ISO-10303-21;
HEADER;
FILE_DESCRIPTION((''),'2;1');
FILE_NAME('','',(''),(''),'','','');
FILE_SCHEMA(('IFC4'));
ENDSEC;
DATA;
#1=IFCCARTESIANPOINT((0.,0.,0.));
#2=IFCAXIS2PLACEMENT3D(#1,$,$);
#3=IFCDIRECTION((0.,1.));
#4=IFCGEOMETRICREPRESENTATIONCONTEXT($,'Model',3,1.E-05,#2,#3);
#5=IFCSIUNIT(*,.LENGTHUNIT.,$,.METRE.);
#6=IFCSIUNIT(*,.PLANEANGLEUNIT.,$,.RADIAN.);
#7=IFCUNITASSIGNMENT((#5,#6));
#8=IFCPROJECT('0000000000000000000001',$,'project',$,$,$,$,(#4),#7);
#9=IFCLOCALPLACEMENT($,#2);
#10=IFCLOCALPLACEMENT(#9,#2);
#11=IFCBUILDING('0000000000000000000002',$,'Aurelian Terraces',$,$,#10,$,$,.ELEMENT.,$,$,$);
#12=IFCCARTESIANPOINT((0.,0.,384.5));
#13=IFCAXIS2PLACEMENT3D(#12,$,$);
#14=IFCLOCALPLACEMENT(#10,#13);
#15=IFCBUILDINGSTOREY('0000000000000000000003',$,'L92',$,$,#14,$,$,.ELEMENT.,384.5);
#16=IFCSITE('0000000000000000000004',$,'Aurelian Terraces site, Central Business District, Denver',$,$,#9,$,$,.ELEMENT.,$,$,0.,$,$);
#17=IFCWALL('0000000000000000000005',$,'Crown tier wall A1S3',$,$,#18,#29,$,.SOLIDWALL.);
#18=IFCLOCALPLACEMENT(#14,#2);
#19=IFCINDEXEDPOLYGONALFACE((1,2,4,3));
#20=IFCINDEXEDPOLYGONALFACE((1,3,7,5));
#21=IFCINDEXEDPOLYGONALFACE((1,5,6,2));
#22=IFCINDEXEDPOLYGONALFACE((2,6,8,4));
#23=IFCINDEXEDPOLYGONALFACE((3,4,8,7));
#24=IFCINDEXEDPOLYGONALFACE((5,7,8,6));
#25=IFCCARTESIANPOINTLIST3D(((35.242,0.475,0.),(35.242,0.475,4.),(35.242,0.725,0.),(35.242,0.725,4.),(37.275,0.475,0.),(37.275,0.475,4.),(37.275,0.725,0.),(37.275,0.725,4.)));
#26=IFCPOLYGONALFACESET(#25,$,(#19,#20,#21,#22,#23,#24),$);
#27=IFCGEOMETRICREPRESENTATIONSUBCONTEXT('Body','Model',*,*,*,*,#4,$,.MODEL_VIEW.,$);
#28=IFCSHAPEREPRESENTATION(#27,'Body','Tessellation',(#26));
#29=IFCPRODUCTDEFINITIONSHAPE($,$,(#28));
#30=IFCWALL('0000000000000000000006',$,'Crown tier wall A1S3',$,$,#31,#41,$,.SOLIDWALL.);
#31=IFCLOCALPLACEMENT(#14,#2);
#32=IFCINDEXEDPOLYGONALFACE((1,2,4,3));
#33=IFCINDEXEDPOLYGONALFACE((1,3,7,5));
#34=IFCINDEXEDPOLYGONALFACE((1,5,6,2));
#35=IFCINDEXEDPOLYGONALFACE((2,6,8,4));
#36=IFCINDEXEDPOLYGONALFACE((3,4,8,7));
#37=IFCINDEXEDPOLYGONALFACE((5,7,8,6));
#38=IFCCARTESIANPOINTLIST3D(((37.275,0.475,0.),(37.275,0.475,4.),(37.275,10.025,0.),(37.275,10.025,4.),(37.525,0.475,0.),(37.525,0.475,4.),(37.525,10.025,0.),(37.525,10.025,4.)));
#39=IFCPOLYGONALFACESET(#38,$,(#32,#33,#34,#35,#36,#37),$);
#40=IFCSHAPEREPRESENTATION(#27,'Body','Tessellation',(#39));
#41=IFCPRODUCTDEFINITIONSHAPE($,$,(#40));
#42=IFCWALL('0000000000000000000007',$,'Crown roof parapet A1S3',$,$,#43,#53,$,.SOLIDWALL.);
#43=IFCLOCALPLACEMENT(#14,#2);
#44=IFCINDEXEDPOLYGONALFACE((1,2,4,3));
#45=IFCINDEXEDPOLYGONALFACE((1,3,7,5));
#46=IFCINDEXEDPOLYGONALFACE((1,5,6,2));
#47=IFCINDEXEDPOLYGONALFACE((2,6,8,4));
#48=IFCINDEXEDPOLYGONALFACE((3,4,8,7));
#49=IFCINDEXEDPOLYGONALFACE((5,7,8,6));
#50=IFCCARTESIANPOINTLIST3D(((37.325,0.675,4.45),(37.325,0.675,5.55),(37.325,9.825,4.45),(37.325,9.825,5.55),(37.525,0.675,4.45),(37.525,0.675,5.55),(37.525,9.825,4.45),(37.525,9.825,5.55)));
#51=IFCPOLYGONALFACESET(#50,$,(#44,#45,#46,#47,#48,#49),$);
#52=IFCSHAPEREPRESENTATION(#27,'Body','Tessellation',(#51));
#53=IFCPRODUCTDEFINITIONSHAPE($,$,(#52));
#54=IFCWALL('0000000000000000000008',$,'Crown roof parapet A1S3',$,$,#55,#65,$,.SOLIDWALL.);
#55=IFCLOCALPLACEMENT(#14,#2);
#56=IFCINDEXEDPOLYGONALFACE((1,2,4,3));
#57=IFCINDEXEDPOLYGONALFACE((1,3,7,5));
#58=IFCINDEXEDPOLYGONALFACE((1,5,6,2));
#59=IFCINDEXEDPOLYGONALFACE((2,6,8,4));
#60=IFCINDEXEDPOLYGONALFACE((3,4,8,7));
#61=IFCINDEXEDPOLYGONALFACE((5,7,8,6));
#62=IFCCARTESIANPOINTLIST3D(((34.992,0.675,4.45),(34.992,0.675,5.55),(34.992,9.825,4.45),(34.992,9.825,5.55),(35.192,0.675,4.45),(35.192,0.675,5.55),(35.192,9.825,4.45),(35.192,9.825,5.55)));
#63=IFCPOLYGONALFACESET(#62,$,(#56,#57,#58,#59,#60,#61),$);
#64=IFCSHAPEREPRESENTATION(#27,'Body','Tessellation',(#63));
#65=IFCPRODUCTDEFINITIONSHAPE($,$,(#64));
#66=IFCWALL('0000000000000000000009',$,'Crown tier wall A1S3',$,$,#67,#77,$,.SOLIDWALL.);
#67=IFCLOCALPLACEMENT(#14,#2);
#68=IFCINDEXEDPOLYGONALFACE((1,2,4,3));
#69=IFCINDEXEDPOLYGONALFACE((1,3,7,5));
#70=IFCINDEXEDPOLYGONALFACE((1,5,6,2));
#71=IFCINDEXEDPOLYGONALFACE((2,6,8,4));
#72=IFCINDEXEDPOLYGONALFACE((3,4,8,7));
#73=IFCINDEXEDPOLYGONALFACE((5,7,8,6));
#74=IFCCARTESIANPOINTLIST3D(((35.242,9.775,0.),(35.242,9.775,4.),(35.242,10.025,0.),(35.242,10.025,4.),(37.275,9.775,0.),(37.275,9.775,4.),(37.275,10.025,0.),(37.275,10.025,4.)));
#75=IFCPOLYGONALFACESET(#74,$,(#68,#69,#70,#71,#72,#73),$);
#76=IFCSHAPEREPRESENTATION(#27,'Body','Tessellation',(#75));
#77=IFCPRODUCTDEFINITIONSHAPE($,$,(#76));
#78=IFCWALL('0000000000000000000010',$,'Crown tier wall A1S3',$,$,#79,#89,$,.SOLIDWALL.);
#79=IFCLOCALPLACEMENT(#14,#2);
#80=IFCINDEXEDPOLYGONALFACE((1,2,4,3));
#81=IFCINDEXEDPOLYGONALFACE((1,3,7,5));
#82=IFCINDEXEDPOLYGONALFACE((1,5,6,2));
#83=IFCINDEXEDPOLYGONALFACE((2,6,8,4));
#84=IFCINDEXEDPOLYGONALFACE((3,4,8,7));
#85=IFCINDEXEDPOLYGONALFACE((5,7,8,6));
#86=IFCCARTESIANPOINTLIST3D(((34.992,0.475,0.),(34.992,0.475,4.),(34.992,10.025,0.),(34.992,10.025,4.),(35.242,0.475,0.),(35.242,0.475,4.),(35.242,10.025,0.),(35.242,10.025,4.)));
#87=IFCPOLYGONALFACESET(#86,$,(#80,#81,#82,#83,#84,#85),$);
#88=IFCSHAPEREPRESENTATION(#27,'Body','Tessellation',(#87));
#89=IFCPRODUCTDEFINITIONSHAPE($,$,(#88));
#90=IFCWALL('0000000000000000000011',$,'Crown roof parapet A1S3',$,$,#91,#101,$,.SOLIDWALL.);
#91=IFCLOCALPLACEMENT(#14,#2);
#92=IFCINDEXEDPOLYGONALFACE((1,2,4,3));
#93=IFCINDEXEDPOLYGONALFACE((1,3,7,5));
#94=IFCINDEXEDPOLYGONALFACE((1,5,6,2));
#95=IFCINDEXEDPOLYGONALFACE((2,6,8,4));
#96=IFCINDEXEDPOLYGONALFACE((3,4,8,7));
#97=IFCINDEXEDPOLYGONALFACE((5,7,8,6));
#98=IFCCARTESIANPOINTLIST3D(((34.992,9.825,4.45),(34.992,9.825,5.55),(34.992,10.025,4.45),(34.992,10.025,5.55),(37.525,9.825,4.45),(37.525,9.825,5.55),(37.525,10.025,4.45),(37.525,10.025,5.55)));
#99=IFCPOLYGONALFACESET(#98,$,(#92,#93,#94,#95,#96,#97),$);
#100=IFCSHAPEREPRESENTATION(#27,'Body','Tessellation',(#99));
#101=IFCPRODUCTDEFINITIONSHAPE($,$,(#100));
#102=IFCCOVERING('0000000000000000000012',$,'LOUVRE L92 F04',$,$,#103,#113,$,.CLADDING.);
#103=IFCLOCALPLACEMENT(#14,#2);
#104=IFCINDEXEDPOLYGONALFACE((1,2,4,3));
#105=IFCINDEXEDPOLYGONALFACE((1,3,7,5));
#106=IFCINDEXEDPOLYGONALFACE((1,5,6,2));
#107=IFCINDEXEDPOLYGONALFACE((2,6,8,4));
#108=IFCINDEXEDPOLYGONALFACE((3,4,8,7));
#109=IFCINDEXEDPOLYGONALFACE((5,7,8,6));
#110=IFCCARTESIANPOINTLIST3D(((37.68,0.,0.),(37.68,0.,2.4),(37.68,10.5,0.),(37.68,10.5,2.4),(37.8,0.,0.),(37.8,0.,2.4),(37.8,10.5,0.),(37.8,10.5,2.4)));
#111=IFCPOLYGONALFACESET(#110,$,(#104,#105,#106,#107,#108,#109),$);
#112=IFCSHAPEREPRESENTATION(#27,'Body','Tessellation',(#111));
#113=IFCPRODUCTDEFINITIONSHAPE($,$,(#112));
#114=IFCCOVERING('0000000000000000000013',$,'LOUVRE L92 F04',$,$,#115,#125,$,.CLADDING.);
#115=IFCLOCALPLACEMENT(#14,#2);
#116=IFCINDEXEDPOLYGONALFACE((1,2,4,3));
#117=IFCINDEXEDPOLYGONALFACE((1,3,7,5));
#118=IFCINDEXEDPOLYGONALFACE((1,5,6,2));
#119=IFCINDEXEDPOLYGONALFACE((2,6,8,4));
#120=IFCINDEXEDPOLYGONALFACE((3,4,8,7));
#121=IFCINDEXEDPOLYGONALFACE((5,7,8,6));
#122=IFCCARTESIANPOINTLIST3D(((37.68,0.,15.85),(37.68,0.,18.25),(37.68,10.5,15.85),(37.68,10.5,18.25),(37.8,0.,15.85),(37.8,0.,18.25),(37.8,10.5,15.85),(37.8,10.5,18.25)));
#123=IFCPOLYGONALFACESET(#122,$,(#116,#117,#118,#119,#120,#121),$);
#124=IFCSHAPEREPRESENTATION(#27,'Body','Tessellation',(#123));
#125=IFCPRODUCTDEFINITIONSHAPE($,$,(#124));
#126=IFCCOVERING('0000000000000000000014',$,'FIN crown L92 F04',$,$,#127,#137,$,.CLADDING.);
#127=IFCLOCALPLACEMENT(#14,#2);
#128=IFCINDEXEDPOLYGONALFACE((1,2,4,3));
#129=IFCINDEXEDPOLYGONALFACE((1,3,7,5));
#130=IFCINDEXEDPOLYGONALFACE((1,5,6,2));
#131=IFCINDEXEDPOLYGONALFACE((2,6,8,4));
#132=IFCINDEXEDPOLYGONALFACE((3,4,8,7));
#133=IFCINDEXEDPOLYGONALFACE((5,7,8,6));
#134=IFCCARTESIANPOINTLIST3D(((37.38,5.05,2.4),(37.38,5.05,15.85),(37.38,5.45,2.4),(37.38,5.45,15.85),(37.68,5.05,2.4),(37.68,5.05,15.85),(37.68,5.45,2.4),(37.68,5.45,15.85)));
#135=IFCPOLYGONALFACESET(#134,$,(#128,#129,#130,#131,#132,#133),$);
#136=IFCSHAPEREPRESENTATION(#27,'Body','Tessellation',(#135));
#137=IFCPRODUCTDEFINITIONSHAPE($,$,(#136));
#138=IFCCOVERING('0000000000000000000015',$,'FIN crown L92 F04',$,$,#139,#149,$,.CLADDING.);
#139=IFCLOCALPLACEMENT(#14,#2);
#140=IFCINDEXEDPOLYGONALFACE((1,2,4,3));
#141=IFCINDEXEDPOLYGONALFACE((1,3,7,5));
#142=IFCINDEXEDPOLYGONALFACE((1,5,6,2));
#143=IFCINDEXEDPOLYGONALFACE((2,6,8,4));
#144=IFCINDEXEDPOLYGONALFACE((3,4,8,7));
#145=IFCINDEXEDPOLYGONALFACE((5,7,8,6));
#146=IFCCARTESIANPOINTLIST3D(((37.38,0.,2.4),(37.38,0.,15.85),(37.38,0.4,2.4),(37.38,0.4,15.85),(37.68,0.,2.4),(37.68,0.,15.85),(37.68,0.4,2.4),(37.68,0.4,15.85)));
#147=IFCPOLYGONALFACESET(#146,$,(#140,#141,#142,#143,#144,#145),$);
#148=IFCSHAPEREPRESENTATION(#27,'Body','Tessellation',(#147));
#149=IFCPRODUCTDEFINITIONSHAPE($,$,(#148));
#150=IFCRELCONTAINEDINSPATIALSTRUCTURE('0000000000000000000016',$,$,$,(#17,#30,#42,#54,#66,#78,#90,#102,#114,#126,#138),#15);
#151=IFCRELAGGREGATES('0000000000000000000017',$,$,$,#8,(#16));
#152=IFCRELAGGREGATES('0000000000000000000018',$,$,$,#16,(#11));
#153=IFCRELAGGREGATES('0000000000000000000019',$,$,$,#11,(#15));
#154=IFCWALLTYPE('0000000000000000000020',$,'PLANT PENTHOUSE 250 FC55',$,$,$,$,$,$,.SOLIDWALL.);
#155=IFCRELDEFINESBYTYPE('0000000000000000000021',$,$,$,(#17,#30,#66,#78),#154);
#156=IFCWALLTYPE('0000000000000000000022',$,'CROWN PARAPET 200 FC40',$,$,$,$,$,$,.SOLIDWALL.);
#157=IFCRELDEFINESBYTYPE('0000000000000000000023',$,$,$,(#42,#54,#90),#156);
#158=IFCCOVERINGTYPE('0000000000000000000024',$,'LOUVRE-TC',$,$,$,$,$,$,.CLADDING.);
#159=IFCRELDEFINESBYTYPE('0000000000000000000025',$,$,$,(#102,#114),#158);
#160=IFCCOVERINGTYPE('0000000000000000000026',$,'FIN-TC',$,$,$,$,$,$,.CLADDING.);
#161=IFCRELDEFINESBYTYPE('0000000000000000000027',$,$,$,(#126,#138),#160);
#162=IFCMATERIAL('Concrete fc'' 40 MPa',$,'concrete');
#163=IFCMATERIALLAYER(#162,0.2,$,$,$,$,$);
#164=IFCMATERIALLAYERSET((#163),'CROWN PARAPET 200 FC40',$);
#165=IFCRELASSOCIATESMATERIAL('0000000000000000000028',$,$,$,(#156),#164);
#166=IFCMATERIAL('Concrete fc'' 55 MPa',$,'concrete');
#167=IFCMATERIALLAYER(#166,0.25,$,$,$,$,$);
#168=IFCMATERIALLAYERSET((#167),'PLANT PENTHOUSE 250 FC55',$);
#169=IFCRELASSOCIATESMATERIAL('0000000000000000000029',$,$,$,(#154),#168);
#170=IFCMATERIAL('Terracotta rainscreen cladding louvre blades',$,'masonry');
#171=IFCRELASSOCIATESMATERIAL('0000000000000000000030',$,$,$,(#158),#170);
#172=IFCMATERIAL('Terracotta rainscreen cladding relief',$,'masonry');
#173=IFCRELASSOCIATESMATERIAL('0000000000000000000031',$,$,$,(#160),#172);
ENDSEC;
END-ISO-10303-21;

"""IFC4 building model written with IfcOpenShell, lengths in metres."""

from ifc_helpers import new_model, si_unit, direction, frame, frame_2d, origin, origin_2d, place, context, subcontext, project, spatial, rectangle, extrude, source, transform, mapped, material, layer, layer_set, type_object, element, save


model = new_model("IFC4")

# Units and contexts
model_context = context("Model", 3, precision=1e-05, world=origin(), true_north=direction((0.0, 1.0)))
body_context = subcontext(model_context, "Body", "Model", "MODEL_VIEW")
ifc_project = project(units=[si_unit("LENGTHUNIT", "METRE"), si_unit("PLANEANGLEUNIT", "RADIAN")], contexts=[model_context])

# Site, building, storey
site_placement = place(None, origin())
site = spatial("IfcSite", under=ifc_project, at=site_placement, Name="Aurelian Terraces site, Central Business District, Denver", CompositionType="ELEMENT", RefElevation=0.0)
building_placement = place(site_placement, origin())
building = spatial("IfcBuilding", under=site, at=building_placement, Name="Aurelian Terraces", CompositionType="ELEMENT")
storey_placement = place(building_placement, frame((0.0, 0.0, 384.5)))
storey = spatial("IfcBuildingStorey", under=building, at=storey_placement, Name="L92", CompositionType="ELEMENT", Elevation=384.5)

# Shared definitions
ifc_material_1 = material(Name="Concrete fc' 40 MPa", Category="concrete")

# Walls
ifc_layer_1 = layer(ifc_material_1, 0.2)
ifc_layer_set_1 = layer_set([ifc_layer_1], Name="CROWN PARAPET 200 FC40")
wall_type_1 = type_object("IfcWallType", Name="CROWN PARAPET 200 FC40", PredefinedType="SOLIDWALL", material=ifc_layer_set_1)
ifc_material_2 = material(Name="Concrete fc' 55 MPa", Category="concrete")
ifc_layer_2 = layer(ifc_material_2, 0.25)
ifc_layer_set_2 = layer_set([ifc_layer_2], Name="PLANT PENTHOUSE 250 FC55")
wall_type_2 = type_object("IfcWallType", Name="PLANT PENTHOUSE 250 FC55", PredefinedType="SOLIDWALL", material=ifc_layer_set_2)
wall_1_placement = place(storey_placement, frame((35.242, 0.6, 0.0), z_axis=(0.0, 0.0, 1.0), x_axis=(1.0, 0.0, 0.0)))
element("IfcWall", 1, at=wall_1_placement, inside=storey, type_object=wall_type_2, Name="Crown tier wall A1S3", PredefinedType="SOLIDWALL", context=body_context, shape_type="SweptSolid", body=[
    extrude(rectangle(XDim=2.033, YDim=0.25, at=frame_2d((1.0165, 0.0))), origin(), (0.0, 0.0, 1.0), 4.0),
])
wall_2_placement = place(storey_placement, frame((37.4, 0.475, 0.0), z_axis=(0.0, 0.0, 1.0), x_axis=(0.0, 1.0, 0.0)))
element("IfcWall", 2, at=wall_2_placement, inside=storey, type_object=wall_type_2, Name="Crown tier wall A1S3", PredefinedType="SOLIDWALL", context=body_context, shape_type="SweptSolid", body=[
    extrude(rectangle(XDim=9.55, YDim=0.25, at=frame_2d((4.775, 0.0))), origin(), (0.0, 0.0, 1.0), 4.0),
])
shared_shape_1 = source(origin(), body_context, "Body", "SweptSolid", [
    extrude(rectangle(XDim=9.15, YDim=0.2, at=frame_2d((4.575, 0.0))), origin(), (0.0, 0.0, 1.0), 1.1),
])
for number, where, z_axis, x_axis, name in (
    (3, (37.425, 0.675, 4.45), (0.0, 0.0, 1.0), (0.0, 1.0, 0.0), "Crown roof parapet A1S3"),
    (4, (35.092, 0.675, 4.45), (0.0, 0.0, 1.0), (0.0, 1.0, 0.0), "Crown roof parapet A1S3"),
):
    element("IfcWall", number, at=place(storey_placement, frame(where, z_axis=z_axis, x_axis=x_axis)), inside=storey, type_object=wall_type_1, Name=name, PredefinedType="SOLIDWALL", context=body_context, shape_type="MappedRepresentation", body=[
        mapped(shared_shape_1, transform((0.0, 0.0, 0.0), scale=1.0)),
    ])
shared_shape_2 = source(origin(), body_context, "Body", "SweptSolid", [
    extrude(rectangle(XDim=2.033, YDim=0.25, at=frame_2d((1.0165, 0.0))), origin(), (0.0, 0.0, 1.0), 4.0),
])
wall_3_placement = place(storey_placement, frame((37.275, 9.9, 0.0), z_axis=(0.0, 0.0, 1.0), x_axis=(-1.0, 0.0, 0.0)))
element("IfcWall", 5, at=wall_3_placement, inside=storey, type_object=wall_type_2, Name="Crown tier wall A1S3", PredefinedType="SOLIDWALL", context=body_context, shape_type="MappedRepresentation", body=[
    mapped(shared_shape_2, transform((0.0, 0.0, 0.0), scale=1.0)),
])
shared_shape_3 = source(origin(), body_context, "Body", "SweptSolid", [
    extrude(rectangle(XDim=9.55, YDim=0.25, at=frame_2d((4.775, 0.0))), origin(), (0.0, 0.0, 1.0), 4.0),
])
wall_4_placement = place(storey_placement, frame((35.117, 10.025, 0.0), z_axis=(0.0, 0.0, 1.0), x_axis=(0.0, -1.0, 0.0)))
element("IfcWall", 6, at=wall_4_placement, inside=storey, type_object=wall_type_2, Name="Crown tier wall A1S3", PredefinedType="SOLIDWALL", context=body_context, shape_type="MappedRepresentation", body=[
    mapped(shared_shape_3, transform((0.0, 0.0, 0.0), scale=1.0)),
])
shared_shape_4 = source(origin(), body_context, "Body", "SweptSolid", [
    extrude(rectangle(XDim=2.533, YDim=0.2, at=frame_2d((1.2665, 0.0))), origin(), (0.0, 0.0, 1.0), 1.1),
])
wall_5_placement = place(storey_placement, frame((34.992, 9.925, 4.45), z_axis=(0.0, 0.0, 1.0), x_axis=(1.0, 0.0, 0.0)))
element("IfcWall", 7, at=wall_5_placement, inside=storey, type_object=wall_type_1, Name="Crown roof parapet A1S3", PredefinedType="SOLIDWALL", context=body_context, shape_type="MappedRepresentation", body=[
    mapped(shared_shape_4, transform((0.0, 0.0, 0.0), scale=1.0)),
])

# Coverings
ifc_material_3 = material(Name="Terracotta rainscreen cladding louvre blades", Category="masonry")
covering_type_1 = type_object("IfcCoveringType", Name="LOUVRE-TC", PredefinedType="CLADDING", material=ifc_material_3)
shared_shape_5 = source(origin(), body_context, "Body", "SweptSolid", [
    extrude(rectangle(XDim=0.12, YDim=10.5, at=origin_2d()), origin(), (0.0, 0.0, 1.0), 2.4),
])
for number, where, z_axis, x_axis, name in (
    (8, (37.74, 5.25, 0.0), (0.0, 0.0, 1.0), (1.0, 0.0, 0.0), "LOUVRE L92 F04"),
    (9, (37.74, 5.25, 15.85), (0.0, 0.0, 1.0), (1.0, 0.0, 0.0), "LOUVRE L92 F04"),
):
    element("IfcCovering", number, at=place(storey_placement, frame(where, z_axis=z_axis, x_axis=x_axis)), inside=storey, type_object=covering_type_1, Name=name, PredefinedType="CLADDING", context=body_context, shape_type="MappedRepresentation", body=[
        mapped(shared_shape_5, transform((0.0, 0.0, 0.0), scale=1.0)),
    ])
ifc_material_4 = material(Name="Terracotta rainscreen cladding relief", Category="masonry")
covering_type_2 = type_object("IfcCoveringType", Name="FIN-TC", PredefinedType="CLADDING", material=ifc_material_4)
shared_shape_6 = source(origin(), body_context, "Body", "SweptSolid", [
    extrude(rectangle(XDim=0.3, YDim=0.4, at=origin_2d()), origin(), (0.0, 0.0, 1.0), 13.45),
])
for number, where, z_axis, x_axis, name in (
    (10, (37.53, 5.25, 2.4), (0.0, 0.0, 1.0), (1.0, 0.0, 0.0), "FIN crown L92 F04"),
    (11, (37.53, 0.2, 2.4), (0.0, 0.0, 1.0), (1.0, 0.0, 0.0), "FIN crown L92 F04"),
):
    element("IfcCovering", number, at=place(storey_placement, frame(where, z_axis=z_axis, x_axis=x_axis)), inside=storey, type_object=covering_type_2, Name=name, PredefinedType="CLADDING", context=body_context, shape_type="MappedRepresentation", body=[
        mapped(shared_shape_6, transform((0.0, 0.0, 0.0), scale=1.0)),
    ])

save(model, "model.ifc")
